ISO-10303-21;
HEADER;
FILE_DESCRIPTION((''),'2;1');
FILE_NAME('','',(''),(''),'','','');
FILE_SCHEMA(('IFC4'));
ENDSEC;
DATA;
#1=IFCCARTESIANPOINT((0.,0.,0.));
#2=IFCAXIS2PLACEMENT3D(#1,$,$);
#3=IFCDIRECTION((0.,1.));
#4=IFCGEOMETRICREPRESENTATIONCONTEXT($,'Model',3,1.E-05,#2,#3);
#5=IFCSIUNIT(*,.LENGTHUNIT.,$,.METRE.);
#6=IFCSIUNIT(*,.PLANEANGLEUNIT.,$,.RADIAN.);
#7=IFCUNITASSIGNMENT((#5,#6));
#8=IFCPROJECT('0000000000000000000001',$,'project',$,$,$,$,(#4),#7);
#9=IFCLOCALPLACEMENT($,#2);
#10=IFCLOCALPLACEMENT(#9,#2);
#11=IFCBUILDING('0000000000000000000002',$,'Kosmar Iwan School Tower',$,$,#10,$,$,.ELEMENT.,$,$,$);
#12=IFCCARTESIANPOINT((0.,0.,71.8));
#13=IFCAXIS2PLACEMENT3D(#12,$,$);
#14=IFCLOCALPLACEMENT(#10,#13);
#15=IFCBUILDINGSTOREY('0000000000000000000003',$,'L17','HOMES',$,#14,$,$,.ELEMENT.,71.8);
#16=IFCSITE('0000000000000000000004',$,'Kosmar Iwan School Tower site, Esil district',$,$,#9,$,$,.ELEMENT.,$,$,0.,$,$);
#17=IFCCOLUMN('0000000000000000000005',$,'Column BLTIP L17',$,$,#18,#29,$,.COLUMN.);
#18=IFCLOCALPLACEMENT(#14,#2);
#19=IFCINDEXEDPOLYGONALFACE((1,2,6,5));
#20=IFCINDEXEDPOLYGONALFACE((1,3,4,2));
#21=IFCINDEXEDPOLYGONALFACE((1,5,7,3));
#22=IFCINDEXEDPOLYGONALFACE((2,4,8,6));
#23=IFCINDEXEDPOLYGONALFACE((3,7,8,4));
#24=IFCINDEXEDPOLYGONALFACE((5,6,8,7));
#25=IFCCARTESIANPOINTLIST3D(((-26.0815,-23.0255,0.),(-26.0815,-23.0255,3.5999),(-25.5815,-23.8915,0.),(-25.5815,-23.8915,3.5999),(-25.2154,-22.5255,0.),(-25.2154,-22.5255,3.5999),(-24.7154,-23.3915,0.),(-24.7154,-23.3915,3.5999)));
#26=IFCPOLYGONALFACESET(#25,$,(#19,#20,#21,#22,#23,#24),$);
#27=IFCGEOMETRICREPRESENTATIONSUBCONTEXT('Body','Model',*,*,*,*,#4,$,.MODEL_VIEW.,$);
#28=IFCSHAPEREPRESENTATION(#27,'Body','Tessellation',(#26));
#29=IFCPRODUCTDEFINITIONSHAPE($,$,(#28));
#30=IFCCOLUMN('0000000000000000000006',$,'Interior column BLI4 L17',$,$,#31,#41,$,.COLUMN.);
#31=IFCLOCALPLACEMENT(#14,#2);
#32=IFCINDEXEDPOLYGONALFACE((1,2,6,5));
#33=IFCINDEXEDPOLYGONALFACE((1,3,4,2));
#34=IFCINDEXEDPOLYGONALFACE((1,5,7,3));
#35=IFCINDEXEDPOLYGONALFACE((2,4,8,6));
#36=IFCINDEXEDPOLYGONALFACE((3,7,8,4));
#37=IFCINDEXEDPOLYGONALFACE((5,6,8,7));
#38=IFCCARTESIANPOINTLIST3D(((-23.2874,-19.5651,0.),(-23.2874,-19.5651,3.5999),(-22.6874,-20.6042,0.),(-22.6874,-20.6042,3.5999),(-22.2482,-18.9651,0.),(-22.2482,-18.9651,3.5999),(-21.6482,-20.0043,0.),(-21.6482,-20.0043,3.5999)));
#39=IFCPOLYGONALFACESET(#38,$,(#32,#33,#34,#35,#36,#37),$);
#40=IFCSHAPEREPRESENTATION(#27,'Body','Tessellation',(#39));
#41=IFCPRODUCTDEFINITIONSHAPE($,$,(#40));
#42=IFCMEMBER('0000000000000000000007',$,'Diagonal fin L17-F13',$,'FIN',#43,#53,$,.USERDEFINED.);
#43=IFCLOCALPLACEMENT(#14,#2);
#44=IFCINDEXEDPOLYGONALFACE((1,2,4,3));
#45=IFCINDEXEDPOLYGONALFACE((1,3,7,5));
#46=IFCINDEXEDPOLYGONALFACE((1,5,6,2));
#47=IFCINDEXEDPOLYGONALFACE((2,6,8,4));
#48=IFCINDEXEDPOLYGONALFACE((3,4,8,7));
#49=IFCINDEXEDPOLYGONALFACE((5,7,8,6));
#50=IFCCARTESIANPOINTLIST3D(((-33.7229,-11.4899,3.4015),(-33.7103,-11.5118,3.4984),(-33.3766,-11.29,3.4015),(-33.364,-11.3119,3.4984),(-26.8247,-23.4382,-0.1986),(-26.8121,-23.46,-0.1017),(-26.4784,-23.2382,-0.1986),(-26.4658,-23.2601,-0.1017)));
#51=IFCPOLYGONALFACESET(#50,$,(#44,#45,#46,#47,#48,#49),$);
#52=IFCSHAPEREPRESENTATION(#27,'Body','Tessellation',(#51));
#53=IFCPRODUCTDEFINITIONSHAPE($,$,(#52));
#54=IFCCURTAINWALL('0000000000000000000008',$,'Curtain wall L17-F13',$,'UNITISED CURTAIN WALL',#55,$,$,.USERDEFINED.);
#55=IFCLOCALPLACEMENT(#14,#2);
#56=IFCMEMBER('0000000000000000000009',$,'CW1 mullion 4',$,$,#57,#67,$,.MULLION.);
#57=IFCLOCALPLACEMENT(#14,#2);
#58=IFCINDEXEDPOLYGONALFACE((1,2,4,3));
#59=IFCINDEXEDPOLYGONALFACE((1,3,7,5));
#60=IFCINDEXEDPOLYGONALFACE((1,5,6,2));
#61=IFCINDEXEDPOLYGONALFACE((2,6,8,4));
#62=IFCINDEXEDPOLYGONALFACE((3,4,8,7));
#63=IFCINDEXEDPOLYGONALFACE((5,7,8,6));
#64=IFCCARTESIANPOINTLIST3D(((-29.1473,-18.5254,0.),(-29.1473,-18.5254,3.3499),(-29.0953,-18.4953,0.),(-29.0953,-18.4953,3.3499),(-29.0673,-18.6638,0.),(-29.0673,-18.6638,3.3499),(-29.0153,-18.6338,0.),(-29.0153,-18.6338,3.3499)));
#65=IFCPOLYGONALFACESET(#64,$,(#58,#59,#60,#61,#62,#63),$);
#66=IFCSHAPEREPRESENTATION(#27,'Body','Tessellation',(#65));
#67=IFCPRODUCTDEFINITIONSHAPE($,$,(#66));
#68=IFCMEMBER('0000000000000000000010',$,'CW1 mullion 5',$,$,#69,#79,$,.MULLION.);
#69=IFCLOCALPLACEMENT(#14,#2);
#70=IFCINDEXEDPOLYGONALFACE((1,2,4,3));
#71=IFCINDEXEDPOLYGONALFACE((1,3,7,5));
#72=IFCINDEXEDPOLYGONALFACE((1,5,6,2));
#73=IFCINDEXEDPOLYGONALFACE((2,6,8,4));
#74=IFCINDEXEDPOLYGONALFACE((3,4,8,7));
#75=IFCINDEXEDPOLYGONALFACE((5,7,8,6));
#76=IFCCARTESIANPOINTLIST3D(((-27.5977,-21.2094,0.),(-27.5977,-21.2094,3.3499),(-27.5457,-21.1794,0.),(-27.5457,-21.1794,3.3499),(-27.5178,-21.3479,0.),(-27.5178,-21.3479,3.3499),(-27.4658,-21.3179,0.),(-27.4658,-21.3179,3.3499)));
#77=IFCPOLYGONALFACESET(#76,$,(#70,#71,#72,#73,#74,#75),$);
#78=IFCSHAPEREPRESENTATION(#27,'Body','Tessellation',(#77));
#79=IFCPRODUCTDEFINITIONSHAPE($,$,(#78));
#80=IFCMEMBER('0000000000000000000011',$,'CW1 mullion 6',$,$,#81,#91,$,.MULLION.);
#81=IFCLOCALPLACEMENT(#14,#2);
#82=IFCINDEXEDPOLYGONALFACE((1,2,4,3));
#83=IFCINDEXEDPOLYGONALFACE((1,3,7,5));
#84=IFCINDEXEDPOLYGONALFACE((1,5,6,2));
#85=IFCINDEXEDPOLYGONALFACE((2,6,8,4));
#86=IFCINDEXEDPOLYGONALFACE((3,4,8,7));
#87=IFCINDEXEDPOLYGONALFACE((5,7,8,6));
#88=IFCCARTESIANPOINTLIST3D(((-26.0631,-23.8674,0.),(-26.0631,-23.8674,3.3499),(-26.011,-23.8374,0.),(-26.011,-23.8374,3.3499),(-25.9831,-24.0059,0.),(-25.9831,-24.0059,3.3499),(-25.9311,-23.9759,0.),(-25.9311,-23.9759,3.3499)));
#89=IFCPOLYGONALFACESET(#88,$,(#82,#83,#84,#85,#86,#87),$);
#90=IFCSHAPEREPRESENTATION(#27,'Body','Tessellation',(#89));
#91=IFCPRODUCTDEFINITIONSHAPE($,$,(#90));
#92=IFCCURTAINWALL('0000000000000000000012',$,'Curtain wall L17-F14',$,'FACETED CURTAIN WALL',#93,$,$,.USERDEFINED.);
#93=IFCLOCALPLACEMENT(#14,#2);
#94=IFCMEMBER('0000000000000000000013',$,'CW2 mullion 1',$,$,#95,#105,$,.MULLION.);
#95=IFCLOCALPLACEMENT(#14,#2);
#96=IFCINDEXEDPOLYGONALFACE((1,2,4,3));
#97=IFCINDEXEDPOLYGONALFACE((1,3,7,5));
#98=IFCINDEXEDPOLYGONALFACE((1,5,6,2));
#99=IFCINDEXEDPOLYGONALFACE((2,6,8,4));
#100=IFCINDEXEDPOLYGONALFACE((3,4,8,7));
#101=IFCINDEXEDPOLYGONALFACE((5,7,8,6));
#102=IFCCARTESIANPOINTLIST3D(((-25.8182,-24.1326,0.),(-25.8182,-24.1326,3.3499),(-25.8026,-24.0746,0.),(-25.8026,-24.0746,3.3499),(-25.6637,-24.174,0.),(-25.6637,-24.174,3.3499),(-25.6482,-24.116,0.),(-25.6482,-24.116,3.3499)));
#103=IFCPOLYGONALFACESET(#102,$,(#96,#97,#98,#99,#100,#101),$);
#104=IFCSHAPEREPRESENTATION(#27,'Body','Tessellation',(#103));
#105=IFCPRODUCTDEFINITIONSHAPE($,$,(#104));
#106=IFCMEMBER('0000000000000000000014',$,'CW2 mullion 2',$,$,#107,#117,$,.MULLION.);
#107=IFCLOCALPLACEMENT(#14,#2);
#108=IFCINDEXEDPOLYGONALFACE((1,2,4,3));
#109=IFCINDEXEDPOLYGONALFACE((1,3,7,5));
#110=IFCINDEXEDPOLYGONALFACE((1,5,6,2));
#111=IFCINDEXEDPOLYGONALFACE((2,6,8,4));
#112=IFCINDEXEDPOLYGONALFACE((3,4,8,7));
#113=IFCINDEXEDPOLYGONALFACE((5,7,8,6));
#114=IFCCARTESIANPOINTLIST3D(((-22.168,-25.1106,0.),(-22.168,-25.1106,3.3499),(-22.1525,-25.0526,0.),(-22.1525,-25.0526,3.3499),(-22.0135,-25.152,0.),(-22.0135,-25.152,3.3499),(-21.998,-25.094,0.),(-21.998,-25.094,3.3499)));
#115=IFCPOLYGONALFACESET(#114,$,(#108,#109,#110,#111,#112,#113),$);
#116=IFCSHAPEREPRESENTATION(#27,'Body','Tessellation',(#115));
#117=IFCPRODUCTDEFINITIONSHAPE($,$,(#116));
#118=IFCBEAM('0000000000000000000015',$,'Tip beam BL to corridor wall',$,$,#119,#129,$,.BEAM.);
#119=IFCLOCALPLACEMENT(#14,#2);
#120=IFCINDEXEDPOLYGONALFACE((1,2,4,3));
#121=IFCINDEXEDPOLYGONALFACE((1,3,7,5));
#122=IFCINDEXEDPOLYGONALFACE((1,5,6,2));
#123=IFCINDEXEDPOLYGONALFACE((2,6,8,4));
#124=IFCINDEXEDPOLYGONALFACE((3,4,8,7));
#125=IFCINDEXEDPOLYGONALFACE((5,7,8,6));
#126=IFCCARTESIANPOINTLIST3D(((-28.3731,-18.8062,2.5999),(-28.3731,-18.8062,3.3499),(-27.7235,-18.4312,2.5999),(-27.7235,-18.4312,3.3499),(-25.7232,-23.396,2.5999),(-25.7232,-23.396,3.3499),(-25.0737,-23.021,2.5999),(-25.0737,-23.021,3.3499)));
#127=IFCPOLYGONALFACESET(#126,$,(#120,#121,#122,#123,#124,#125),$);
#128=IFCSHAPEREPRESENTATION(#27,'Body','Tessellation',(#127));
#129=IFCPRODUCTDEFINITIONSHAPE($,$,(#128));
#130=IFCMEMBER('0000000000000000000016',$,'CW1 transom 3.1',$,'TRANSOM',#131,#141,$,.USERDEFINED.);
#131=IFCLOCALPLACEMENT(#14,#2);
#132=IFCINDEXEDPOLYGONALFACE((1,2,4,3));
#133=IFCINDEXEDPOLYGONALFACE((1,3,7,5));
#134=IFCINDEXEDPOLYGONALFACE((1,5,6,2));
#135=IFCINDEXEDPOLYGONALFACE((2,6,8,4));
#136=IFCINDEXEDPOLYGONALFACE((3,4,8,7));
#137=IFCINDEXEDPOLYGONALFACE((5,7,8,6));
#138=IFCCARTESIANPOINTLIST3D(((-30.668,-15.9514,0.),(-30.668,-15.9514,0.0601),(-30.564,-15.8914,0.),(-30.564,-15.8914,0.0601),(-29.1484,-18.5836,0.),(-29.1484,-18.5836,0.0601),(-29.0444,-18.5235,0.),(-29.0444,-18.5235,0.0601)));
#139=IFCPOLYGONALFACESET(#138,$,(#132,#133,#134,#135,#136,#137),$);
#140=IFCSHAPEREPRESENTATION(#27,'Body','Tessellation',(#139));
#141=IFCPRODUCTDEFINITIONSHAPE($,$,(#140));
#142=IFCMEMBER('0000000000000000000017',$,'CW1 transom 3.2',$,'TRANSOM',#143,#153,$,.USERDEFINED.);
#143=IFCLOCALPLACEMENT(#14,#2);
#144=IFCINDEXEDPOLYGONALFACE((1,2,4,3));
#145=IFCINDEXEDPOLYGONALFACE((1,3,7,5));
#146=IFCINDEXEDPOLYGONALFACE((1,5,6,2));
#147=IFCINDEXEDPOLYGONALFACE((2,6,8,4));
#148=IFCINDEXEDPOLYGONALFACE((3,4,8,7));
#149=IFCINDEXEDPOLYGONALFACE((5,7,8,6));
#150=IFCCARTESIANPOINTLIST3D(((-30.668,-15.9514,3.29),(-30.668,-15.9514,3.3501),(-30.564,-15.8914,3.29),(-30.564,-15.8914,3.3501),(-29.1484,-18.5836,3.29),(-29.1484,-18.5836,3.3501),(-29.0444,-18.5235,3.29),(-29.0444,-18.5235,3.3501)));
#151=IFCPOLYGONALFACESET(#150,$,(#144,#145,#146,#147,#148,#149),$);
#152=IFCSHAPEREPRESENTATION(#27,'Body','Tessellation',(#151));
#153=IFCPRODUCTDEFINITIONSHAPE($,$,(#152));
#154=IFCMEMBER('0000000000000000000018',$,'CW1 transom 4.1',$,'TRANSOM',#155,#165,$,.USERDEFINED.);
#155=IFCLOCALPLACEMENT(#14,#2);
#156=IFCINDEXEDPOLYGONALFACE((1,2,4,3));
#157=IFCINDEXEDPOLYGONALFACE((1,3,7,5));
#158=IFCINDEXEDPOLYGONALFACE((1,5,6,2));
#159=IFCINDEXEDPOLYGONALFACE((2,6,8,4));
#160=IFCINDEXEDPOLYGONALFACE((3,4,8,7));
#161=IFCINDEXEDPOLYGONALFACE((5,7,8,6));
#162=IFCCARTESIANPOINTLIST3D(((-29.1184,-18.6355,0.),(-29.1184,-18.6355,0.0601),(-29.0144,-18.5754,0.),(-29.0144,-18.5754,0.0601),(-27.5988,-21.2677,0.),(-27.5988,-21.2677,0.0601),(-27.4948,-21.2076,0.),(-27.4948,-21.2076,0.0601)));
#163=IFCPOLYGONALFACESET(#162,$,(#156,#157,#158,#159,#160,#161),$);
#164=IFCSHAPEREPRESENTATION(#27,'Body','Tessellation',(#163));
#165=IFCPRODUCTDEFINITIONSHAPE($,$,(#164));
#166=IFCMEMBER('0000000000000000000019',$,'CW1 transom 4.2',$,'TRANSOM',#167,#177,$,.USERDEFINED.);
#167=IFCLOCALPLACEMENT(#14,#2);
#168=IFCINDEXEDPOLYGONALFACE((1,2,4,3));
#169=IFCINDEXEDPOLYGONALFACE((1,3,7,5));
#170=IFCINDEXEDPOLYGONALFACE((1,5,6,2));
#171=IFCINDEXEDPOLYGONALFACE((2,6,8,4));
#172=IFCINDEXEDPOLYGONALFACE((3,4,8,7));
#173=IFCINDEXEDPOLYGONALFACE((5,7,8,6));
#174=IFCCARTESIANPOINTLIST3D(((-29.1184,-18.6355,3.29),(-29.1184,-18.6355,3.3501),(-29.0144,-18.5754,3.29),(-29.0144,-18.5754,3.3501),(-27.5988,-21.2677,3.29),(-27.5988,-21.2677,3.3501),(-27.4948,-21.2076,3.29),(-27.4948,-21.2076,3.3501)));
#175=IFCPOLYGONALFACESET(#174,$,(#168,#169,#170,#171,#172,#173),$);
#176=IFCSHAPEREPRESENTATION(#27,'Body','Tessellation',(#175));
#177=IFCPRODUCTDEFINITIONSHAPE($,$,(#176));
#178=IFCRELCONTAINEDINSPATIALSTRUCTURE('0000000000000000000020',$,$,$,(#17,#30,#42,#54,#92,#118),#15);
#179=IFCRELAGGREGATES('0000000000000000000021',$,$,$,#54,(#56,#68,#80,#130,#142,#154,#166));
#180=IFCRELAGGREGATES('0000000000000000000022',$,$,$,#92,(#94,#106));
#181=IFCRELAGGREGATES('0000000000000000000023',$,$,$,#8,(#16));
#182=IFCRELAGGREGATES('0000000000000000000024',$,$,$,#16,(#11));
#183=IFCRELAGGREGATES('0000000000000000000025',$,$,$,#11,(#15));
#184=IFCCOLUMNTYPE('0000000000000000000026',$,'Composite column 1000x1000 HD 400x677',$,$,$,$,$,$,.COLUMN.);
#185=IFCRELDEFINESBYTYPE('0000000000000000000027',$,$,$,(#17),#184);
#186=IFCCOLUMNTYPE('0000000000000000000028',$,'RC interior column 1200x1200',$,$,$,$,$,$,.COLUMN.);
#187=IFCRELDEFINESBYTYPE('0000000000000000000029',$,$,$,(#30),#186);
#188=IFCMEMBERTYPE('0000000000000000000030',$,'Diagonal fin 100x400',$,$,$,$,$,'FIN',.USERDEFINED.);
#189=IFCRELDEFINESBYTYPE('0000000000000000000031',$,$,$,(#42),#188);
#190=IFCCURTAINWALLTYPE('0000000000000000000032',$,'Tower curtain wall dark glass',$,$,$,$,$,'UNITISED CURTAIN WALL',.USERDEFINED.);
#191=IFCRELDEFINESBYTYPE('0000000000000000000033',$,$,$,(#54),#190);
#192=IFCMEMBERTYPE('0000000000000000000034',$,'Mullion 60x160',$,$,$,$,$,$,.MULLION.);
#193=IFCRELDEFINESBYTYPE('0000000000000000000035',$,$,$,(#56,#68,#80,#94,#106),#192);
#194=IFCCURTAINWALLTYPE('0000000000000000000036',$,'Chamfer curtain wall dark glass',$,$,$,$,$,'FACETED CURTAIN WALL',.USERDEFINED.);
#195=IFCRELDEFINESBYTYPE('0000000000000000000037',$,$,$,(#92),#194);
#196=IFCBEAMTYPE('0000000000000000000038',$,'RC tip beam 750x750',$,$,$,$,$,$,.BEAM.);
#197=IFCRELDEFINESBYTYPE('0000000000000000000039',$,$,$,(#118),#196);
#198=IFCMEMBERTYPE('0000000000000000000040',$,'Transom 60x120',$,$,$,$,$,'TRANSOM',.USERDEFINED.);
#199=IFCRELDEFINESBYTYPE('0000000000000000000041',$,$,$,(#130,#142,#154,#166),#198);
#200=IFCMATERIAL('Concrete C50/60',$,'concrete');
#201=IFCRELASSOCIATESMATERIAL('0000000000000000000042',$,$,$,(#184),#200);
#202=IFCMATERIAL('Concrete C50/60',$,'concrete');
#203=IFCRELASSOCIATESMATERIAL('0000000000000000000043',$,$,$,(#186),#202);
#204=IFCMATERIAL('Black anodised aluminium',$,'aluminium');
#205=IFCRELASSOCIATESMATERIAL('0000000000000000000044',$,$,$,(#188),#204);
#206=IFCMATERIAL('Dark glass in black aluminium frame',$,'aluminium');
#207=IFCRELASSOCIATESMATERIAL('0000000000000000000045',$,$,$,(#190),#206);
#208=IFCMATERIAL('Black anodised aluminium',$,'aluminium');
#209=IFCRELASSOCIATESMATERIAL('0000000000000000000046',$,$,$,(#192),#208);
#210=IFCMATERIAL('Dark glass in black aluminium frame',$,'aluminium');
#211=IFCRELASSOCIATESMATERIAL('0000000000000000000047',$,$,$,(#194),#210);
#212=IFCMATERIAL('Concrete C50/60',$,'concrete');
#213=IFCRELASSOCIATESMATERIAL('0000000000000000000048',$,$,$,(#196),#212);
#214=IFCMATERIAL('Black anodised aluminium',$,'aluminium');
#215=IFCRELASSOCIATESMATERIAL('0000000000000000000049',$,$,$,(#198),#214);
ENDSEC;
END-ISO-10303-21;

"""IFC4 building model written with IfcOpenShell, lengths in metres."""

from ifc_helpers import new_model, si_unit, direction, frame, origin, origin_2d, place, context, subcontext, project, spatial, rectangle, extrude, material, material_profile, profile_set, type_object, element, aggregate, save


model = new_model("IFC4")

# Units and contexts
model_context = context("Model", 3, precision=1e-05, world=origin(), true_north=direction((0.0, 1.0)))
body_context = subcontext(model_context, "Body", "Model", "MODEL_VIEW")
ifc_project = project(units=[si_unit("LENGTHUNIT", "METRE"), si_unit("PLANEANGLEUNIT", "RADIAN")], contexts=[model_context])

# Site, building, storey
site_placement = place(None, origin())
site = spatial("IfcSite", under=ifc_project, at=site_placement, Name="Kosmar Iwan School Tower site, Esil district", CompositionType="ELEMENT", RefElevation=0.0)
building_placement = place(site_placement, origin())
building = spatial("IfcBuilding", under=site, at=building_placement, Name="Kosmar Iwan School Tower", CompositionType="ELEMENT")
storey_placement = place(building_placement, frame((0.0, 0.0, 71.8)))
storey = spatial("IfcBuildingStorey", under=building, at=storey_placement, Name="L17", Description="HOMES", CompositionType="ELEMENT", Elevation=71.8)

# Columns
ifc_material_1 = material(Name="Concrete C50/60", Category="concrete")
ifc_material_profile_1 = material_profile(ifc_material_1, rectangle(XDim=1.0, YDim=1.0, at=origin_2d()), Name="RC 1000x1000 + HD 400x677")
ifc_profile_set_1 = profile_set([ifc_material_profile_1], Name="Concrete C50/60")
column_type_1 = type_object("IfcColumnType", Name="Composite column 1000x1000 HD 400x677", PredefinedType="COLUMN", material=ifc_profile_set_1)
column_1_placement = place(storey_placement, frame((-25.3984, -23.2085, 0.0), z_axis=(0.0, 0.0, 1.0), x_axis=(-0.866025, -0.5, 0.0)))
element("IfcColumn", 1, at=column_1_placement, inside=storey, type_object=column_type_1, Name="Column BLTIP L17", PredefinedType="COLUMN", context=body_context, shape_type="SweptSolid", body=[
    extrude(rectangle(XDim=1.0, YDim=1.0, at=origin_2d()), origin(), (0.0, 0.0, 1.0), 3.5999),
])
ifc_material_2 = material(Name="Concrete C50/60", Category="concrete")
ifc_material_profile_2 = material_profile(ifc_material_2, rectangle(XDim=1.2, YDim=1.2, at=origin_2d()), Name="RC 1200x1200")
ifc_profile_set_2 = profile_set([ifc_material_profile_2], Name="Concrete C50/60")
column_type_2 = type_object("IfcColumnType", Name="RC interior column 1200x1200", PredefinedType="COLUMN", material=ifc_profile_set_2)
column_2_placement = place(storey_placement, frame((-22.4678, -19.7847, 0.0), z_axis=(0.0, 0.0, 1.0), x_axis=(-0.866025, -0.5, 0.0)))
element("IfcColumn", 2, at=column_2_placement, inside=storey, type_object=column_type_2, Name="Interior column BLI4 L17", PredefinedType="COLUMN", context=body_context, shape_type="SweptSolid", body=[
    extrude(rectangle(XDim=1.2, YDim=1.2, at=origin_2d()), origin(), (0.0, 0.0, 1.0), 3.5999),
])

# Member
ifc_material_3 = material(Name="Black anodised aluminium", Category="aluminium")
ifc_material_profile_3 = material_profile(ifc_material_3, rectangle(XDim=0.1001, YDim=0.3999, at=origin_2d()), Name="FIN 100x400")
ifc_profile_set_3 = profile_set([ifc_material_profile_3], Name="Black anodised aluminium")
member_type_1 = type_object("IfcMemberType", Name="Diagonal fin 100x400", ElementType="FIN", PredefinedType="USERDEFINED", material=ifc_profile_set_3)
member_1_placement = place(storey_placement, frame((-26.6453, -23.3491, -0.1501), z_axis=(-0.483793, 0.83797, 0.252487), x_axis=(0.126242, -0.218661, 0.9676)))
element("IfcMember", 3, at=member_1_placement, inside=storey, type_object=member_type_1, Name="Diagonal fin L17-F13", ObjectType="FIN", PredefinedType="USERDEFINED", context=body_context, shape_type="SweptSolid", body=[
    extrude(rectangle(XDim=0.1001, YDim=0.3999, at=origin_2d()), origin(), (0.0, 0.0, 1.0), 14.2585),
])

# Curtain walls, members
ifc_material_4 = material(Name="Dark glass in black aluminium frame", Category="aluminium")
curtain_wall_type_1 = type_object("IfcCurtainWallType", Name="Tower curtain wall dark glass", ElementType="UNITISED CURTAIN WALL", PredefinedType="USERDEFINED", material=ifc_material_4)
curtain_wall_1_placement = place(storey_placement, origin())
curtain_wall_1 = element("IfcCurtainWall", 4, at=curtain_wall_1_placement, inside=storey, type_object=curtain_wall_type_1, Name="Curtain wall L17-F13", ObjectType="UNITISED CURTAIN WALL", PredefinedType="USERDEFINED")
ifc_material_5 = material(Name="Black anodised aluminium", Category="aluminium")
ifc_material_profile_4 = material_profile(ifc_material_5, rectangle(XDim=0.0601, YDim=0.1599, at=origin_2d()), Name="MULLION 60x160")
ifc_profile_set_4 = profile_set([ifc_material_profile_4], Name="Black anodised aluminium")
member_type_2 = type_object("IfcMemberType", Name="Mullion 60x160", PredefinedType="MULLION", material=ifc_profile_set_4)
member_2_placement = place(storey_placement, frame((-29.0813, -18.5796, 0.0), z_axis=(0.0, 0.0, 1.0), x_axis=(0.866025, 0.5, 0.0)))
member_2 = element("IfcMember", 5, at=member_2_placement, type_object=member_type_2, Name="CW1 mullion 4", PredefinedType="MULLION", context=body_context, shape_type="SweptSolid", body=[
    extrude(rectangle(XDim=0.0601, YDim=0.1599, at=origin_2d()), origin(), (0.0, 0.0, 1.0), 3.3499),
])
member_3_placement = place(storey_placement, frame((-27.5317, -21.2637, 0.0), z_axis=(0.0, 0.0, 1.0), x_axis=(0.866025, 0.5, 0.0)))
member_3 = element("IfcMember", 6, at=member_3_placement, type_object=member_type_2, Name="CW1 mullion 5", PredefinedType="MULLION", context=body_context, shape_type="SweptSolid", body=[
    extrude(rectangle(XDim=0.0601, YDim=0.1599, at=origin_2d()), origin(), (0.0, 0.0, 1.0), 3.3499),
])
member_4_placement = place(storey_placement, frame((-25.9971, -23.9216, 0.0), z_axis=(0.0, 0.0, 1.0), x_axis=(0.866025, 0.5, 0.0)))
member_4 = element("IfcMember", 7, at=member_4_placement, type_object=member_type_2, Name="CW1 mullion 6", PredefinedType="MULLION", context=body_context, shape_type="SweptSolid", body=[
    extrude(rectangle(XDim=0.0601, YDim=0.1599, at=origin_2d()), origin(), (0.0, 0.0, 1.0), 3.3499),
])
ifc_material_6 = material(Name="Dark glass in black aluminium frame", Category="aluminium")
curtain_wall_type_2 = type_object("IfcCurtainWallType", Name="Chamfer curtain wall dark glass", ElementType="FACETED CURTAIN WALL", PredefinedType="USERDEFINED", material=ifc_material_6)
curtain_wall_2_placement = place(storey_placement, origin())
curtain_wall_2 = element("IfcCurtainWall", 8, at=curtain_wall_2_placement, inside=storey, type_object=curtain_wall_type_2, Name="Curtain wall L17-F14", ObjectType="FACETED CURTAIN WALL", PredefinedType="USERDEFINED")
member_5_placement = place(storey_placement, frame((-25.7332, -24.1243, 0.0), z_axis=(0.0, 0.0, 1.0), x_axis=(0.258819, 0.965926, 0.0)))
member_5 = element("IfcMember", 9, at=member_5_placement, type_object=member_type_2, Name="CW2 mullion 1", PredefinedType="MULLION", context=body_context, shape_type="SweptSolid", body=[
    extrude(rectangle(XDim=0.0601, YDim=0.1599, at=origin_2d()), origin(), (0.0, 0.0, 1.0), 3.3499),
])
member_6_placement = place(storey_placement, frame((-22.083, -25.1023, 0.0), z_axis=(0.0, 0.0, 1.0), x_axis=(0.258819, 0.965926, 0.0)))
member_6 = element("IfcMember", 10, at=member_6_placement, type_object=member_type_2, Name="CW2 mullion 2", PredefinedType="MULLION", context=body_context, shape_type="SweptSolid", body=[
    extrude(rectangle(XDim=0.0601, YDim=0.1599, at=origin_2d()), origin(), (0.0, 0.0, 1.0), 3.3499),
])

# Beam
ifc_material_7 = material(Name="Concrete C50/60", Category="concrete")
ifc_material_profile_5 = material_profile(ifc_material_7, rectangle(XDim=0.75, YDim=0.75, at=origin_2d()), Name="RC 750x750")
ifc_profile_set_5 = profile_set([ifc_material_profile_5], Name="Concrete C50/60")
beam_type = type_object("IfcBeamType", Name="RC tip beam 750x750", PredefinedType="BEAM", material=ifc_profile_set_5)
beam_placement = place(storey_placement, frame((-25.3984, -23.2085, 2.9749), z_axis=(-0.499994, 0.866029, 0.0), x_axis=(-0.866029, -0.499994, 0.0)))
element("IfcBeam", 11, at=beam_placement, inside=storey, type_object=beam_type, Name="Tip beam BL to corridor wall", PredefinedType="BEAM", context=body_context, shape_type="SweptSolid", body=[
    extrude(rectangle(XDim=0.75, YDim=0.75, at=origin_2d()), origin(), (0.0, 0.0, 1.0), 5.2998),
])

# Members
ifc_material_8 = material(Name="Black anodised aluminium", Category="aluminium")
ifc_material_profile_6 = material_profile(ifc_material_8, rectangle(XDim=0.1201, YDim=0.0601, at=origin_2d()), Name="TRANSOM 60x120")
ifc_profile_set_6 = profile_set([ifc_material_profile_6], Name="Black anodised aluminium")
member_type_3 = type_object("IfcMemberType", Name="Transom 60x120", ElementType="TRANSOM", PredefinedType="USERDEFINED", material=ifc_profile_set_6)
member_7_placement = place(storey_placement, frame((-30.616, -15.9214, 0.03), z_axis=(0.499975, -0.86604, 0.0), x_axis=(0.86604, 0.499975, 0.0)))
member_7 = element("IfcMember", 12, at=member_7_placement, type_object=member_type_3, Name="CW1 transom 3.1", ObjectType="TRANSOM", PredefinedType="USERDEFINED", context=body_context, shape_type="SweptSolid", body=[
    extrude(rectangle(XDim=0.1201, YDim=0.0601, at=origin_2d()), origin(), (0.0, 0.0, 1.0), 3.0393),
])
member_8_placement = place(storey_placement, frame((-30.616, -15.9214, 3.3201), z_axis=(0.499975, -0.86604, 0.0), x_axis=(0.86604, 0.499975, 0.0)))
member_8 = element("IfcMember", 13, at=member_8_placement, type_object=member_type_3, Name="CW1 transom 3.2", ObjectType="TRANSOM", PredefinedType="USERDEFINED", context=body_context, shape_type="SweptSolid", body=[
    extrude(rectangle(XDim=0.1201, YDim=0.0601, at=origin_2d()), origin(), (0.0, 0.0, 1.0), 3.0393),
])
member_9_placement = place(storey_placement, frame((-29.0664, -18.6055, 0.03), z_axis=(0.499975, -0.86604, 0.0), x_axis=(0.86604, 0.499975, 0.0)))
member_9 = element("IfcMember", 14, at=member_9_placement, type_object=member_type_3, Name="CW1 transom 4.1", ObjectType="TRANSOM", PredefinedType="USERDEFINED", context=body_context, shape_type="SweptSolid", body=[
    extrude(rectangle(XDim=0.1201, YDim=0.0601, at=origin_2d()), origin(), (0.0, 0.0, 1.0), 3.0393),
])
member_10_placement = place(storey_placement, frame((-29.0664, -18.6055, 3.3201), z_axis=(0.499975, -0.86604, 0.0), x_axis=(0.86604, 0.499975, 0.0)))
member_10 = element("IfcMember", 15, at=member_10_placement, type_object=member_type_3, Name="CW1 transom 4.2", ObjectType="TRANSOM", PredefinedType="USERDEFINED", context=body_context, shape_type="SweptSolid", body=[
    extrude(rectangle(XDim=0.1201, YDim=0.0601, at=origin_2d()), origin(), (0.0, 0.0, 1.0), 3.0393),
])

aggregate(curtain_wall_1, [member_2, member_3, member_4, member_7, member_8, member_9, member_10])
aggregate(curtain_wall_2, [member_5, member_6])

save(model, "model.ifc")
